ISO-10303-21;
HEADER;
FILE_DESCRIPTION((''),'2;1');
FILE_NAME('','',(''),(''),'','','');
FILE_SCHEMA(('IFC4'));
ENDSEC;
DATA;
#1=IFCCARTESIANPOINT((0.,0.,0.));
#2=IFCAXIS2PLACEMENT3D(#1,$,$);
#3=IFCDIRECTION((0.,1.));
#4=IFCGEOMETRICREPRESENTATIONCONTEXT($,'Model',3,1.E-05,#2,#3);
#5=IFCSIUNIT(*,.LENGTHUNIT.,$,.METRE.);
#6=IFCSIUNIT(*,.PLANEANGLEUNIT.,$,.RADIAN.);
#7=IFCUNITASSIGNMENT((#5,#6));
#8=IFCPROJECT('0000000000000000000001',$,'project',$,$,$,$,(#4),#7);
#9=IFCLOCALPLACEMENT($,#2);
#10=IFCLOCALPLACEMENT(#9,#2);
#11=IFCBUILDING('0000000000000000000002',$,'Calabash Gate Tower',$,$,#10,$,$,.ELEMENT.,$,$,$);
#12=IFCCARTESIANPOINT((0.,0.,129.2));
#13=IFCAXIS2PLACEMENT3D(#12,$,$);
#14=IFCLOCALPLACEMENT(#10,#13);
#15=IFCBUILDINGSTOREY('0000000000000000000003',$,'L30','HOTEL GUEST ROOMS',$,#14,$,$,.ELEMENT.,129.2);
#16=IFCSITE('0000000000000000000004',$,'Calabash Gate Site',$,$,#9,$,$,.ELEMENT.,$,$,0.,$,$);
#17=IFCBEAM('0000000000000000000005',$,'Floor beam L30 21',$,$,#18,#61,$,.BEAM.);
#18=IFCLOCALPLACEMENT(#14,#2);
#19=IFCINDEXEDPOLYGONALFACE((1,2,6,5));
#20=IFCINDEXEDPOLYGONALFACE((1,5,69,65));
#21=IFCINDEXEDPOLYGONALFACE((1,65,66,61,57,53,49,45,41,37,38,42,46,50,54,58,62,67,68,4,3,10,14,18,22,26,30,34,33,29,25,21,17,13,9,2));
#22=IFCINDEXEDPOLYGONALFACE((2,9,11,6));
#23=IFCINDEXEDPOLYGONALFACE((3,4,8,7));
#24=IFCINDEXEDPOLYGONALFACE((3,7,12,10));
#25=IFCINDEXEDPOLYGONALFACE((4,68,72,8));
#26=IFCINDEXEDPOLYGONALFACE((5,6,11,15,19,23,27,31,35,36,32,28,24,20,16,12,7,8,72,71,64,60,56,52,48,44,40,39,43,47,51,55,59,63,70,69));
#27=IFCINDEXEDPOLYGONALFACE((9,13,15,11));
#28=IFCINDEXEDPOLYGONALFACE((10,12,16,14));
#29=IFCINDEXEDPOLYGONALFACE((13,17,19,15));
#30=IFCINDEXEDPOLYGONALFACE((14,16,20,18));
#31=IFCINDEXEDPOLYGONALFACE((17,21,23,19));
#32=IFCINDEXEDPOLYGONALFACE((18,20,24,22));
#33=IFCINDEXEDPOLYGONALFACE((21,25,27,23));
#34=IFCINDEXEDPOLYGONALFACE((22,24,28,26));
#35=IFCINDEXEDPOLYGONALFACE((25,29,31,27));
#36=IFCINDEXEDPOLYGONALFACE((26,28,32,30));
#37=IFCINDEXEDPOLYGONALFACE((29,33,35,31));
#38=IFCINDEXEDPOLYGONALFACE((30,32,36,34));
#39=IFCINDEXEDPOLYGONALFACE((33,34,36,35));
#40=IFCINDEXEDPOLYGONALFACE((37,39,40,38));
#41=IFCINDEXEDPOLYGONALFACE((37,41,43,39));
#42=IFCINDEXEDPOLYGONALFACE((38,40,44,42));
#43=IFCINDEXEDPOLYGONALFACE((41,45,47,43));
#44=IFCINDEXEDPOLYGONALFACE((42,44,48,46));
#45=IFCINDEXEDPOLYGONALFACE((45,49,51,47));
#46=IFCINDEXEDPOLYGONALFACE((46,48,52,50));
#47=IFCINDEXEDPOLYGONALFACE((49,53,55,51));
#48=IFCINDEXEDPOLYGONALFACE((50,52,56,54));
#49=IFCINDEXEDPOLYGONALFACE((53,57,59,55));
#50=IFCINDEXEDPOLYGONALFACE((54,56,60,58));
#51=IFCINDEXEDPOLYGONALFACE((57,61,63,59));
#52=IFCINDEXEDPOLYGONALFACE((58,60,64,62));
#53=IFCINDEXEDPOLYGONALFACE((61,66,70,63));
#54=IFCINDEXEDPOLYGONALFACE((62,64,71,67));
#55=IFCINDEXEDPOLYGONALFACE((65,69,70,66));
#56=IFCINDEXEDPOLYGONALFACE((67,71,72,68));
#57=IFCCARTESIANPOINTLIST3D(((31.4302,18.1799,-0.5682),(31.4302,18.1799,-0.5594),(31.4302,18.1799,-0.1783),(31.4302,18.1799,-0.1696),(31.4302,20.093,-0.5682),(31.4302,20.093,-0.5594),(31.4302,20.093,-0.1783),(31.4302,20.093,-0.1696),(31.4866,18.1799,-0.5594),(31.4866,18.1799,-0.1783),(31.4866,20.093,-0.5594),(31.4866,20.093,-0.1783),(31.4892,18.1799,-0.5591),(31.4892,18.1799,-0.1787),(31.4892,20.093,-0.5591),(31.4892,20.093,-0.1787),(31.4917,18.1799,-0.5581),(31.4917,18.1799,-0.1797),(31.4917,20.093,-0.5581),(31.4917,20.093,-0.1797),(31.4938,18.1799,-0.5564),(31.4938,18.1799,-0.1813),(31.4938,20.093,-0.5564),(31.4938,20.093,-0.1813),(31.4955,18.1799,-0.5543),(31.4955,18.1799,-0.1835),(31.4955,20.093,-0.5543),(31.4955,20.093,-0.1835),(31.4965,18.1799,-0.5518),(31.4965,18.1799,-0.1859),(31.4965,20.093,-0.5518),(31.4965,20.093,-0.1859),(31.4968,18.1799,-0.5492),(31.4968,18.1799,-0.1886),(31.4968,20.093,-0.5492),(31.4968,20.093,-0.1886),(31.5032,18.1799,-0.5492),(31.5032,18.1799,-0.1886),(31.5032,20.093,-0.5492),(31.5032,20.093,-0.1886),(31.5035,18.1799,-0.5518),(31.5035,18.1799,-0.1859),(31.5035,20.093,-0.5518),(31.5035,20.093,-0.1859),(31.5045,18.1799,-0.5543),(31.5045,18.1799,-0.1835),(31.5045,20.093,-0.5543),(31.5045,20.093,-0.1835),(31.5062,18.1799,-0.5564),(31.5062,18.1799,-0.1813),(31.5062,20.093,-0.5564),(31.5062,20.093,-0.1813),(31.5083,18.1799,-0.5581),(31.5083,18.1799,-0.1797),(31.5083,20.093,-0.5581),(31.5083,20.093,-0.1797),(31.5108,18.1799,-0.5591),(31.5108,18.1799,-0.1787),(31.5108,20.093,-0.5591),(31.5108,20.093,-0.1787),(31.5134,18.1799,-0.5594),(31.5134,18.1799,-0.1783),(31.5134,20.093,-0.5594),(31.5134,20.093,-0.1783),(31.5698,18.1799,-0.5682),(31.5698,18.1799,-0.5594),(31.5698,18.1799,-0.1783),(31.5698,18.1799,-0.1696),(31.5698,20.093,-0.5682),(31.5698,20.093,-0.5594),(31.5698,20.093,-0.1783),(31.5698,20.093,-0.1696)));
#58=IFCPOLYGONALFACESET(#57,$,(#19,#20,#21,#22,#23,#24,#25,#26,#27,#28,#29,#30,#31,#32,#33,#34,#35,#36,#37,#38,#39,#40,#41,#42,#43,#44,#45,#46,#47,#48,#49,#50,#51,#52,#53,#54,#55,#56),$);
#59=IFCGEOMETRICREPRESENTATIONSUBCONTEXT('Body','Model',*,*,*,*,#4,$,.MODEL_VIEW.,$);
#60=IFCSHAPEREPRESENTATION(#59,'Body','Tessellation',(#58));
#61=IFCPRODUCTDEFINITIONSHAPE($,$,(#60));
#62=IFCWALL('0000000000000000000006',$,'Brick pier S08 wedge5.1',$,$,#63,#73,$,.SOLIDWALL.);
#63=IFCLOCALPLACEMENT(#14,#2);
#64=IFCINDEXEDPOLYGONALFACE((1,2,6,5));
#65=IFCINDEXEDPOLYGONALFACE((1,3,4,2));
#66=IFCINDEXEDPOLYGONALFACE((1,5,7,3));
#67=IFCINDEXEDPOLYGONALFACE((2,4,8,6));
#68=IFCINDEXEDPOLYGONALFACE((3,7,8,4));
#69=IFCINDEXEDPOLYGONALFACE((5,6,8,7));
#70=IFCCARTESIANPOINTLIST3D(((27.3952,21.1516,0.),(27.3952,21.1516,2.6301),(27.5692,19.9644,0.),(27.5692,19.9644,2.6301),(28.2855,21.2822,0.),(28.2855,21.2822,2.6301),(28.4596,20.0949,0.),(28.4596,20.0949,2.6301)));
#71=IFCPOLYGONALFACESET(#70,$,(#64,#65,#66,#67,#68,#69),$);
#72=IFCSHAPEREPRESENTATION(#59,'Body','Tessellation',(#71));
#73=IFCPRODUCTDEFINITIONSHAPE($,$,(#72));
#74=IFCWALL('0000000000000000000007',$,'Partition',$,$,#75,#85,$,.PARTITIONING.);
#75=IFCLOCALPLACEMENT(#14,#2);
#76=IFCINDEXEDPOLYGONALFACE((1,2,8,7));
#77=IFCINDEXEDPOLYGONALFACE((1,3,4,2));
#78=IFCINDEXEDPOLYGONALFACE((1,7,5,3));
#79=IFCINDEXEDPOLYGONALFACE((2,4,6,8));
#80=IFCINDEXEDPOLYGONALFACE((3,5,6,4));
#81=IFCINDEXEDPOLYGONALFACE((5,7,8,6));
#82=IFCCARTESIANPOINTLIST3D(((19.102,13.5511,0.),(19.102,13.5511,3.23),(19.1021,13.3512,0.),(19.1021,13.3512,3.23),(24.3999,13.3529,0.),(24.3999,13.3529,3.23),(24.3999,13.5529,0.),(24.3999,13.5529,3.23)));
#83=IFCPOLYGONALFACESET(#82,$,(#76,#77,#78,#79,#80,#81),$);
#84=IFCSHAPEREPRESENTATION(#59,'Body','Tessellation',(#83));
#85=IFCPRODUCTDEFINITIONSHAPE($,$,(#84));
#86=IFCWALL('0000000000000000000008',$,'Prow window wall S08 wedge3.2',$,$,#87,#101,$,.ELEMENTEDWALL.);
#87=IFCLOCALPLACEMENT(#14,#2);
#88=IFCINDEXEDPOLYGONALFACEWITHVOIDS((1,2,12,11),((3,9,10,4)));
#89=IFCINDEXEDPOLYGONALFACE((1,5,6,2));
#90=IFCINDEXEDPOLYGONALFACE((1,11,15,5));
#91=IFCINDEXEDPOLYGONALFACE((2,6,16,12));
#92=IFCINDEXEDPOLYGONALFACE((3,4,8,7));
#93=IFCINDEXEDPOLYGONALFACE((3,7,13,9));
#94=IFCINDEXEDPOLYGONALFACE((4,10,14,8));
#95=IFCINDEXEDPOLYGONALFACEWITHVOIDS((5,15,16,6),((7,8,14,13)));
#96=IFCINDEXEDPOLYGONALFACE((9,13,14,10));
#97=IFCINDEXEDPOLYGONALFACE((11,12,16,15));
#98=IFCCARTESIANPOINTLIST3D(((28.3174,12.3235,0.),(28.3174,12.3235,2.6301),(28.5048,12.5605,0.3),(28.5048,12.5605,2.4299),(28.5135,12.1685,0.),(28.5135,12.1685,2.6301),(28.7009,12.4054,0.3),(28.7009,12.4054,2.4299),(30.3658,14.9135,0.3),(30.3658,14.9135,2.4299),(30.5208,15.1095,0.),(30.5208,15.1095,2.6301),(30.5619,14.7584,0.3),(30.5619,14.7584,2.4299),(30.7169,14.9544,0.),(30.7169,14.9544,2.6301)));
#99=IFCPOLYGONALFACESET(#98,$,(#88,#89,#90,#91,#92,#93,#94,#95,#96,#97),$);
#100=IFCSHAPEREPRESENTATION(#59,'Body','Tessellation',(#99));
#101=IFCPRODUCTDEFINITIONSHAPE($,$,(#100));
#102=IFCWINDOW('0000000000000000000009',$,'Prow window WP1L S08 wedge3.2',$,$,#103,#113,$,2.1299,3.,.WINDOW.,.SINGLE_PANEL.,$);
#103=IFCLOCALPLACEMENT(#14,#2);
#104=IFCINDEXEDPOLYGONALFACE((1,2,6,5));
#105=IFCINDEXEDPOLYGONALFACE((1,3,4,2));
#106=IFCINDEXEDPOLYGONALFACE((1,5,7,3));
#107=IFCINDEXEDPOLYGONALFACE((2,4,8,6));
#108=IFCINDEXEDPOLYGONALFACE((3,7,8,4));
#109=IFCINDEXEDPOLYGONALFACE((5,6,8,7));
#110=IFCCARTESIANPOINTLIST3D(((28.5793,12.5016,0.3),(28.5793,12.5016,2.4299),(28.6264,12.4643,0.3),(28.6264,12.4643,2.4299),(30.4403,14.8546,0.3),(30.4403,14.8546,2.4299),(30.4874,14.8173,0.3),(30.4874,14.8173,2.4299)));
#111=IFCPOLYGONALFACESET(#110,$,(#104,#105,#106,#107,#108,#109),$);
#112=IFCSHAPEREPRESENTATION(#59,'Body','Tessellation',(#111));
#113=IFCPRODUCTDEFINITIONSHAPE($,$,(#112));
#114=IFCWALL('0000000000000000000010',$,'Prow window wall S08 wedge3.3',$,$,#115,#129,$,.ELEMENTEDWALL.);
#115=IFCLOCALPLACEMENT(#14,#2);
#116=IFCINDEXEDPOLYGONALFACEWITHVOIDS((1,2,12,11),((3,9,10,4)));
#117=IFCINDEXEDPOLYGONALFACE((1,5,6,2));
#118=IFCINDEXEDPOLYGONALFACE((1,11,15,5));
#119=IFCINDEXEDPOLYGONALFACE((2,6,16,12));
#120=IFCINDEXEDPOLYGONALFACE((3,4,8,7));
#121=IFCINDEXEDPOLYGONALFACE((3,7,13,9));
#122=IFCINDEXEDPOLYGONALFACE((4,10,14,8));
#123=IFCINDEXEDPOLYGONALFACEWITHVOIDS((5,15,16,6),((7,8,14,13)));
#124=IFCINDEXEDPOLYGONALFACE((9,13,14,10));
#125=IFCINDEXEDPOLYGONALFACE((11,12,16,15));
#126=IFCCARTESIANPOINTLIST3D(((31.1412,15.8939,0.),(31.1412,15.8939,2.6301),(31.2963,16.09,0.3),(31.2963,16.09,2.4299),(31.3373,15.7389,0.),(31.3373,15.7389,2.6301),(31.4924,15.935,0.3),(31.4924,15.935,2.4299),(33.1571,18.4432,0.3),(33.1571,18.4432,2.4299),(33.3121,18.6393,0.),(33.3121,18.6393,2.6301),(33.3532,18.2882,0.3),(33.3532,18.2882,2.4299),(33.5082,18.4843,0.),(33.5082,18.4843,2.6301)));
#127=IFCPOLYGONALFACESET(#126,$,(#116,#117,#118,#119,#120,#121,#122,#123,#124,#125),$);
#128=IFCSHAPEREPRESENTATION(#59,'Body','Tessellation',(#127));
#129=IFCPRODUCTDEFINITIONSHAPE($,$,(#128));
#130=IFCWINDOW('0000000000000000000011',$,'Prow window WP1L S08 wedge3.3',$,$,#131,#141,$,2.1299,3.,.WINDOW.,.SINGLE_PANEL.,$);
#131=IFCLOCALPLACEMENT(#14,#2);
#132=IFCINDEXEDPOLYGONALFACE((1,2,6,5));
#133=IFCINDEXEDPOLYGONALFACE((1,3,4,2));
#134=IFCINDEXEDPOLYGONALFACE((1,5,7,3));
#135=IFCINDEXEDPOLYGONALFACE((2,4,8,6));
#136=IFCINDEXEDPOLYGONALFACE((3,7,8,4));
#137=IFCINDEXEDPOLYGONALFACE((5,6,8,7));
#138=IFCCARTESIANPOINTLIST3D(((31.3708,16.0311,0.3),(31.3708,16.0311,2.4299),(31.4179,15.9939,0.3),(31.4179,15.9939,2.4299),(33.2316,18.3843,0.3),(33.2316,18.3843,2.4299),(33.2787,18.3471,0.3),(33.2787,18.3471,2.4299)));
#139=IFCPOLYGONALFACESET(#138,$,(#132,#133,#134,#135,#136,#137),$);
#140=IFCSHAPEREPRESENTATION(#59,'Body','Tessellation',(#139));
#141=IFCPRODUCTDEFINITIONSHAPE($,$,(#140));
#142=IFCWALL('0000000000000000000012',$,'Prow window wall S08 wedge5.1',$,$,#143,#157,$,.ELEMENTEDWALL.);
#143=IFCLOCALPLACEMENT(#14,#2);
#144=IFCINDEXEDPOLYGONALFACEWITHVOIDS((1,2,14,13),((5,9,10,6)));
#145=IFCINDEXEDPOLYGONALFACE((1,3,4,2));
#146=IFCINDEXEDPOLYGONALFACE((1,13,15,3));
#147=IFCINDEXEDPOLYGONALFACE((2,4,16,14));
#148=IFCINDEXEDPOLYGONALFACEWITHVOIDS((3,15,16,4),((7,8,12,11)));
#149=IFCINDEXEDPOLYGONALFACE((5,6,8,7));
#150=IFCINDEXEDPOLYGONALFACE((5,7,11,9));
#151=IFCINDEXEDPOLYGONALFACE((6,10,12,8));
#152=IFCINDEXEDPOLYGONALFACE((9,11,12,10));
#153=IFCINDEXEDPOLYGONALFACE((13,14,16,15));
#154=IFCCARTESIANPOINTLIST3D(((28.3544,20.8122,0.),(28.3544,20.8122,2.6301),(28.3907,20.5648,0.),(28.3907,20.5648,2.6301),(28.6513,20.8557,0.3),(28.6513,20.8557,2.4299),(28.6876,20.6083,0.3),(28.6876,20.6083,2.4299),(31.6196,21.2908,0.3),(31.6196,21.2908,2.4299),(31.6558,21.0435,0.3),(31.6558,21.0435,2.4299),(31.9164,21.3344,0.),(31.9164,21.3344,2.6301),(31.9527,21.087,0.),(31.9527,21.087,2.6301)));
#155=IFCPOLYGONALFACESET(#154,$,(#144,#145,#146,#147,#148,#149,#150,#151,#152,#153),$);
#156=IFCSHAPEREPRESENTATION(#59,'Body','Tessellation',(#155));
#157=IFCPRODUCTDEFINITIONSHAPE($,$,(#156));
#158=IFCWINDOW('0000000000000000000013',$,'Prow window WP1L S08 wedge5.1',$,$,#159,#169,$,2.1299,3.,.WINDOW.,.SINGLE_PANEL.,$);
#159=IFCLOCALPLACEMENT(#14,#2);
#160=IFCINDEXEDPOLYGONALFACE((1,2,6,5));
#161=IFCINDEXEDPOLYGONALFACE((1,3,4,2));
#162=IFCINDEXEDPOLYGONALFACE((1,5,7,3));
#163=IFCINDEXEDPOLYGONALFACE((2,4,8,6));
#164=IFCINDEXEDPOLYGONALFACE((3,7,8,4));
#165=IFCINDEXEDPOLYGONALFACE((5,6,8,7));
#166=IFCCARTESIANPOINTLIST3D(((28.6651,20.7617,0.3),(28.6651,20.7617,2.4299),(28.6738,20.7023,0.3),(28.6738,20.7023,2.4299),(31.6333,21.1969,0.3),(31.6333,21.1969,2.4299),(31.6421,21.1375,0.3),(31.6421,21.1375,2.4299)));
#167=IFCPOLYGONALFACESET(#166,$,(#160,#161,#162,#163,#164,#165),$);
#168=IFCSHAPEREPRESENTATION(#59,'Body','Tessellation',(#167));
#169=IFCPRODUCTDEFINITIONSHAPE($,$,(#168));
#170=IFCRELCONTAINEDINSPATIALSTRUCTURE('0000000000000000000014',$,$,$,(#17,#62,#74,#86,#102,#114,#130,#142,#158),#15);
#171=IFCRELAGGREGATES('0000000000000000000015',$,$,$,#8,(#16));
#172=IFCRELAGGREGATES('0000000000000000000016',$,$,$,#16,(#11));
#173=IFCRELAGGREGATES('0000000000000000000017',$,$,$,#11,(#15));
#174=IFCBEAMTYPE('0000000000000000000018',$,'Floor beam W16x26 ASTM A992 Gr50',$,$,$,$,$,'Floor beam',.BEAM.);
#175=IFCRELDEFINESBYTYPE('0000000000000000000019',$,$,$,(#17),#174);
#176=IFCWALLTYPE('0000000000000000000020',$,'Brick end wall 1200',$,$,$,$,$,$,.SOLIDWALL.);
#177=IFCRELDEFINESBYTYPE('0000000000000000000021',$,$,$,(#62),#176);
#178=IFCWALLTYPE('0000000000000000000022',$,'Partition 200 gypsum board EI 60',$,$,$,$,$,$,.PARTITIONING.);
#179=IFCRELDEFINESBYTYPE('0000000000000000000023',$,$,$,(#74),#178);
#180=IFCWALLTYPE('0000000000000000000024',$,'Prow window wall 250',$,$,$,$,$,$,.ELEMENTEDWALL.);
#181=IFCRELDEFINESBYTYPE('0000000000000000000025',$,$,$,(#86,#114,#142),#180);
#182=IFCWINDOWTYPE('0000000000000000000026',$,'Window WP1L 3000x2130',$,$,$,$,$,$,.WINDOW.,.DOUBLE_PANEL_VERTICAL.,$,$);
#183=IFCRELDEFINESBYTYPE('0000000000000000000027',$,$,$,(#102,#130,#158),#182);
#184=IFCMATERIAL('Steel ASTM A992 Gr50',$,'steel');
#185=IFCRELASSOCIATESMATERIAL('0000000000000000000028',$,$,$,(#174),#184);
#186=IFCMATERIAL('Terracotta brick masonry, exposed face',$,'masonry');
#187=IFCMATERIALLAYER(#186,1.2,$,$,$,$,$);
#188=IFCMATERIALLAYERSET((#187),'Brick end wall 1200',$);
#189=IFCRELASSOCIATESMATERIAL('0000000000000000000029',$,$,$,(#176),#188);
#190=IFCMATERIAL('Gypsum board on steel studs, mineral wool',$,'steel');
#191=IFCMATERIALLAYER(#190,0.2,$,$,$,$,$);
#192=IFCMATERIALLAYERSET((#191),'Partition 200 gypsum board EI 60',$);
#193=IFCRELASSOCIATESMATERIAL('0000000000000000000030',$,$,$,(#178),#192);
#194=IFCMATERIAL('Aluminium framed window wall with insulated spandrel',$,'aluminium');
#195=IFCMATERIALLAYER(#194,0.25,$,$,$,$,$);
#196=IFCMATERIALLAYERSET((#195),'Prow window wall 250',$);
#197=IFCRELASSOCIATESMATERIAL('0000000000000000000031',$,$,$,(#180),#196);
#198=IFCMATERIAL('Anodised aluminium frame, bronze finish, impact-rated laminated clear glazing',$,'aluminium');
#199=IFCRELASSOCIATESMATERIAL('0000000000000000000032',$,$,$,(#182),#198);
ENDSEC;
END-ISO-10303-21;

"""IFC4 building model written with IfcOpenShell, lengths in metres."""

from ifc_helpers import new_model, si_unit, direction, frame, frame_2d, origin, origin_2d, place, context, subcontext, project, spatial, rectangle, i_section, extrude, material, layer, layer_set, material_profile, profile_set, type_object, element, fill, save


model = new_model("IFC4")

# Units and contexts
model_context = context("Model", 3, precision=1e-05, world=origin(), true_north=direction((0.0, 1.0)))
body_context = subcontext(model_context, "Body", "Model", "MODEL_VIEW")
ifc_project = project(units=[si_unit("LENGTHUNIT", "METRE"), si_unit("PLANEANGLEUNIT", "RADIAN")], contexts=[model_context])

# Site, building, storey
site_placement = place(None, origin())
site = spatial("IfcSite", under=ifc_project, at=site_placement, Name="Calabash Gate Site", CompositionType="ELEMENT", RefElevation=0.0)
building_placement = place(site_placement, origin())
building = spatial("IfcBuilding", under=site, at=building_placement, Name="Calabash Gate Tower", CompositionType="ELEMENT")
storey_placement = place(building_placement, frame((0.0, 0.0, 129.2)))
storey = spatial("IfcBuildingStorey", under=building, at=storey_placement, Name="L30", Description="HOTEL GUEST ROOMS", CompositionType="ELEMENT", Elevation=129.2)

# Beam
ifc_material_1 = material(Name="Steel ASTM A992 Gr50", Category="steel")
ifc_material_profile_1 = material_profile(ifc_material_1, i_section(OverallWidth=0.1396, OverallDepth=0.3987, WebThickness=0.0063, FlangeThickness=0.0088, FilletRadius=0.0103, at=origin_2d()))
ifc_profile_set_1 = profile_set([ifc_material_profile_1], Name="Steel ASTM A992 Gr50")
beam_type_1 = type_object("IfcBeamType", Name="Floor beam W16x26 ASTM A992 Gr50", ElementType="Floor beam", PredefinedType="BEAM", material=ifc_profile_set_1)
beam_1_placement = place(storey_placement, frame((31.5, 18.1799, -0.3689), z_axis=(0.0, 1.0, 0.0), x_axis=(-1.0, 0.0, 0.0)))
element("IfcBeam", 1, at=beam_1_placement, inside=storey, type_object=beam_type_1, Name="Floor beam L30 21", PredefinedType="BEAM", context=body_context, shape_type="SweptSolid", body=[
    extrude(i_section(OverallWidth=0.1396, OverallDepth=0.3987, WebThickness=0.0063, FlangeThickness=0.0088, FilletRadius=0.0103, at=origin_2d()), origin(), (0.0, 0.0, 1.0), 1.9131),
])

# Walls
ifc_material_2 = material(Name="Terracotta brick masonry, exposed face", Category="masonry")
ifc_layer_1 = layer(ifc_material_2, 1.2)
ifc_layer_set_1 = layer_set([ifc_layer_1], Name="Brick end wall 1200")
wall_type_1 = type_object("IfcWallType", Name="Brick end wall 1200", PredefinedType="SOLIDWALL", material=ifc_layer_set_1)
wall_1_placement = place(storey_placement, frame((27.8403, 21.217, 0.0), z_axis=(0.0, 0.0, 1.0), x_axis=(0.145066, -0.989422, 0.0)))
element("IfcWall", 2, at=wall_1_placement, inside=storey, type_object=wall_type_1, Name="Brick pier S08 wedge5.1", PredefinedType="SOLIDWALL", context=body_context, shape_type="SweptSolid", body=[
    extrude(rectangle(XDim=1.2, YDim=0.8999, at=frame_2d((0.6001, 0.0))), origin(), (0.0, 0.0, 1.0), 2.6301),
])
ifc_material_3 = material(Name="Gypsum board on steel studs, mineral wool", Category="steel")
ifc_layer_2 = layer(ifc_material_3, 0.2)
ifc_layer_set_2 = layer_set([ifc_layer_2], Name="Partition 200 gypsum board EI 60")
wall_type_2 = type_object("IfcWallType", Name="Partition 200 gypsum board EI 60", PredefinedType="PARTITIONING", material=ifc_layer_set_2)
wall_2_placement = place(storey_placement, frame((19.1021, 13.4512, 0.0), z_axis=(0.0, 0.0, 1.0), x_axis=(1.0, 0.000323, 0.0)))
element("IfcWall", 3, at=wall_2_placement, inside=storey, type_object=wall_type_2, Name="Partition", PredefinedType="PARTITIONING", context=body_context, shape_type="SweptSolid", body=[
    extrude(rectangle(XDim=5.2979, YDim=0.2, at=frame_2d((2.6489, 0.0))), origin(), (0.0, 0.0, 1.0), 3.23),
])

# Walls, openings, windows
ifc_material_4 = material(Name="Aluminium framed window wall with insulated spandrel", Category="aluminium")
ifc_layer_3 = layer(ifc_material_4, 0.25)
ifc_layer_set_3 = layer_set([ifc_layer_3], Name="Prow window wall 250")
wall_type_3 = type_object("IfcWallType", Name="Prow window wall 250", PredefinedType="ELEMENTEDWALL", material=ifc_layer_set_3)
wall_3_placement = place(storey_placement, frame((28.4155, 12.2461, 0.0), z_axis=(0.0, 0.0, 1.0), x_axis=(0.620335, 0.784337, 0.0)))
wall_3 = element("IfcWall", 4, at=wall_3_placement, inside=storey, type_object=wall_type_3, Name="Prow window wall S08 wedge3.2", PredefinedType="ELEMENTEDWALL", context=body_context, shape_type="SweptSolid", body=[
    extrude(rectangle(XDim=3.552, YDim=0.25, at=frame_2d((1.7759, 0.0))), origin(), (0.0, 0.0, 1.0), 2.6301),
])
opening_1_placement = place(wall_3_placement, frame((0.302, 0.0, 0.3)))
opening_1 = element("IfcOpeningElement", 5, at=opening_1_placement, cuts=wall_3, PredefinedType="OPENING", context=body_context, shape_type="SweptSolid", body=[
    extrude(rectangle(XDim=3.0, YDim=2.1299, at=frame_2d((1.5, 1.0649))), frame((0.0, 0.135, 0.0), z_axis=(0.0, -1.0, 0.0), x_axis=(1.0, 0.0, 0.0)), (0.0, 0.0, 1.0), 0.27),
])
ifc_material_5 = material(Name="Anodised aluminium frame, bronze finish, impact-rated laminated clear glazing", Category="aluminium")
window_type = type_object("IfcWindowType", Name="Window WP1L 3000x2130", PartitioningType="DOUBLE_PANEL_VERTICAL", PredefinedType="WINDOW", material=ifc_material_5)
window_1_placement = place(opening_1_placement, origin())
window_1 = element("IfcWindow", 6, at=window_1_placement, inside=storey, type_object=window_type, Name="Prow window WP1L S08 wedge3.2", OverallHeight=2.1299, OverallWidth=3.0, PartitioningType="SINGLE_PANEL", PredefinedType="WINDOW", context=body_context, shape_type="SweptSolid", body=[
    extrude(rectangle(XDim=3.0, YDim=2.1299, at=frame_2d((1.5, 1.0649))), frame((0.0, 0.03, 0.0), z_axis=(0.0, -1.0, 0.0), x_axis=(1.0, 0.0, 0.0)), (0.0, 0.0, 1.0), 0.0601),
])
fill(opening_1, window_1)
wall_4_placement = place(storey_placement, frame((31.2393, 15.8164, 0.0), z_axis=(0.0, 0.0, 1.0), x_axis=(0.620262, 0.784395, 0.0)))
wall_4 = element("IfcWall", 7, at=wall_4_placement, inside=storey, type_object=wall_type_3, Name="Prow window wall S08 wedge3.3", PredefinedType="ELEMENTEDWALL", context=body_context, shape_type="SweptSolid", body=[
    extrude(rectangle(XDim=3.5, YDim=0.25, at=frame_2d((1.75, 0.0))), origin(), (0.0, 0.0, 1.0), 2.6301),
])
opening_2_placement = place(wall_4_placement, frame((0.25, 0.0, 0.3)))
opening_2 = element("IfcOpeningElement", 8, at=opening_2_placement, cuts=wall_4, PredefinedType="OPENING", context=body_context, shape_type="SweptSolid", body=[
    extrude(rectangle(XDim=3.0, YDim=2.1299, at=frame_2d((1.5, 1.0649))), frame((0.0, 0.135, 0.0), z_axis=(0.0, -1.0, 0.0), x_axis=(1.0, 0.0, 0.0)), (0.0, 0.0, 1.0), 0.27),
])
window_2_placement = place(opening_2_placement, origin())
window_2 = element("IfcWindow", 9, at=window_2_placement, inside=storey, type_object=window_type, Name="Prow window WP1L S08 wedge3.3", OverallHeight=2.1299, OverallWidth=3.0, PartitioningType="SINGLE_PANEL", PredefinedType="WINDOW", context=body_context, shape_type="SweptSolid", body=[
    extrude(rectangle(XDim=3.0, YDim=2.1299, at=frame_2d((1.5, 1.0649))), frame((0.0, 0.03, 0.0), z_axis=(0.0, -1.0, 0.0), x_axis=(1.0, 0.0, 0.0)), (0.0, 0.0, 1.0), 0.0601),
])
fill(opening_2, window_2)
wall_5_placement = place(storey_placement, frame((31.9346, 21.2107, 0.0), z_axis=(0.0, 0.0, 1.0), x_axis=(-0.989423, -0.145057, 0.0)))
wall_5 = element("IfcWall", 10, at=wall_5_placement, inside=storey, type_object=wall_type_3, Name="Prow window wall S08 wedge5.1", PredefinedType="ELEMENTEDWALL", context=body_context, shape_type="SweptSolid", body=[
    extrude(rectangle(XDim=3.6001, YDim=0.25, at=frame_2d((1.8, 0.0))), origin(), (0.0, 0.0, 1.0), 2.6301),
])
opening_3_placement = place(wall_5_placement, frame((0.3, 0.0, 0.3)))
opening_3 = element("IfcOpeningElement", 11, at=opening_3_placement, cuts=wall_5, PredefinedType="OPENING", context=body_context, shape_type="SweptSolid", body=[
    extrude(rectangle(XDim=3.0, YDim=2.1299, at=frame_2d((1.5, 1.0649))), frame((0.0, 0.135, 0.0), z_axis=(0.0, -1.0, 0.0), x_axis=(1.0, 0.0, 0.0)), (0.0, 0.0, 1.0), 0.27),
])
window_3_placement = place(opening_3_placement, origin())
window_3 = element("IfcWindow", 12, at=window_3_placement, inside=storey, type_object=window_type, Name="Prow window WP1L S08 wedge5.1", OverallHeight=2.1299, OverallWidth=3.0, PartitioningType="SINGLE_PANEL", PredefinedType="WINDOW", context=body_context, shape_type="SweptSolid", body=[
    extrude(rectangle(XDim=3.0, YDim=2.1299, at=frame_2d((1.5, 1.0649))), frame((0.0, 0.03, 0.0), z_axis=(0.0, -1.0, 0.0), x_axis=(1.0, 0.0, 0.0)), (0.0, 0.0, 1.0), 0.0601),
])
fill(opening_3, window_3)

save(model, "model.ifc")
